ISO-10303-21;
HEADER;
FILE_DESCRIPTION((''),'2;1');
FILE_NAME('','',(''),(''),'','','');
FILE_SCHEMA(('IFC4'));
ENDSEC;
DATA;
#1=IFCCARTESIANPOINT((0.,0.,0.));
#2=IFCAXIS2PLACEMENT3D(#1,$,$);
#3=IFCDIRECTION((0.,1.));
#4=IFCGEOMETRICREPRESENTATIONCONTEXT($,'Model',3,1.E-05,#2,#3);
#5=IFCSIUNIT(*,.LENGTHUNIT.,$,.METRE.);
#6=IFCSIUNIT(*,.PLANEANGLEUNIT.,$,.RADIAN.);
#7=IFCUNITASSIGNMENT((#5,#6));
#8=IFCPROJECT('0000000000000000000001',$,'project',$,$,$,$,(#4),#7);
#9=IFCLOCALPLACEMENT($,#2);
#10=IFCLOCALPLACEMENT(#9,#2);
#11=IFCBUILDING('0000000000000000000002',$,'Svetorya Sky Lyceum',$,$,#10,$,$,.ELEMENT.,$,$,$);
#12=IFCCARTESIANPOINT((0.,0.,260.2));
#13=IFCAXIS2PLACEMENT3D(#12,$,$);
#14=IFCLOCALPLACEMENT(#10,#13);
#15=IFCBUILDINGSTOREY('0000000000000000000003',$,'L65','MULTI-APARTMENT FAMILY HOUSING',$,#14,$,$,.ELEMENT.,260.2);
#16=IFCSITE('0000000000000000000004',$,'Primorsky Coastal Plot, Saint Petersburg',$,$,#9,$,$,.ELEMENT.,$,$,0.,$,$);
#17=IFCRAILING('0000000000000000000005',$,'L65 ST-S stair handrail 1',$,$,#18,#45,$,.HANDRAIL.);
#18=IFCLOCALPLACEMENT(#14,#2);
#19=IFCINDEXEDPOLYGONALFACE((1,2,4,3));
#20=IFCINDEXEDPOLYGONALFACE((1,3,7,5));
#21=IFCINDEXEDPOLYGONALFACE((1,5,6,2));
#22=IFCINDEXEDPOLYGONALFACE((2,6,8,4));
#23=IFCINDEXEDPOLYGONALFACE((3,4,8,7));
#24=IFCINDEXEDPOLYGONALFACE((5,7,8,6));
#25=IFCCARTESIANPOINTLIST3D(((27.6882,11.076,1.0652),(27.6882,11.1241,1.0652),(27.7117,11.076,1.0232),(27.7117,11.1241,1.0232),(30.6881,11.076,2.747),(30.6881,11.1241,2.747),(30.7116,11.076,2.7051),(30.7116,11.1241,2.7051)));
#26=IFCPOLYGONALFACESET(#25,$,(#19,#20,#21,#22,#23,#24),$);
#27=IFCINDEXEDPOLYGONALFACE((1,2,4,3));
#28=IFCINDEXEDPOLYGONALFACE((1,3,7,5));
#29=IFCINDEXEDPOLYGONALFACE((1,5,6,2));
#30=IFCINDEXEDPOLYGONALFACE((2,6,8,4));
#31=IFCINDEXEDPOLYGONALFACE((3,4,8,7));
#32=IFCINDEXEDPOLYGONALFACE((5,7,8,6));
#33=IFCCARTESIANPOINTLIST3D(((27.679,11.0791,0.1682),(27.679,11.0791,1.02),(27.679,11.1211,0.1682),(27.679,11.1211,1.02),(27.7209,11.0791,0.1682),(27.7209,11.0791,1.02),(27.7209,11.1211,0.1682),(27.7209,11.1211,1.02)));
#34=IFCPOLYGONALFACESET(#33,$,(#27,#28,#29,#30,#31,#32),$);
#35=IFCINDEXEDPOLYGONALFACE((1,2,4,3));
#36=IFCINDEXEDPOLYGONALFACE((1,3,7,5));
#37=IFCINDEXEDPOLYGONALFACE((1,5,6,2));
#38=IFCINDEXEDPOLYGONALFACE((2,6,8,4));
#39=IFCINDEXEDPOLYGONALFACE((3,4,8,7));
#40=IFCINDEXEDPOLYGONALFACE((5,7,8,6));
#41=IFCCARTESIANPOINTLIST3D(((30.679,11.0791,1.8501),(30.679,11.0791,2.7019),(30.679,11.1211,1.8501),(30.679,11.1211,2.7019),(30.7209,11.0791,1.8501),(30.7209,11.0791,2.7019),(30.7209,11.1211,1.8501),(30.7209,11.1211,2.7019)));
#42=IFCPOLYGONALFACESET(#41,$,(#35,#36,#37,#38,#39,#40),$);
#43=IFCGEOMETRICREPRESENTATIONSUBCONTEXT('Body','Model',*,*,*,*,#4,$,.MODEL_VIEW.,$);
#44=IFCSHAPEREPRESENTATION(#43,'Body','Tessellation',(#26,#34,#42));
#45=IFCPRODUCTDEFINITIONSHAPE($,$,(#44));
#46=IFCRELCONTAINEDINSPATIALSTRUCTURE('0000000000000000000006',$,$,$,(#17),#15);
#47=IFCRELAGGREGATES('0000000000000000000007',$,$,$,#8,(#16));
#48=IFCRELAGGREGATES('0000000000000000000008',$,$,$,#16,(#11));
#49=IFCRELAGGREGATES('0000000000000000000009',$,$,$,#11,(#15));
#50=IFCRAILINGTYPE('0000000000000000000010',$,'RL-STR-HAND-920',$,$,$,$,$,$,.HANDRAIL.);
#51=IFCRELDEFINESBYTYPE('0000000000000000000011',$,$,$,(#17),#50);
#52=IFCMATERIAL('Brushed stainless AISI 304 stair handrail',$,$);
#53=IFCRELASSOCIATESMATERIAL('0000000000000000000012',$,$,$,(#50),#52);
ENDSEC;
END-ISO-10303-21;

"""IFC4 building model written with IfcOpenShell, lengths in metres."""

from ifc_helpers import new_model, si_unit, direction, frame, origin, origin_2d, place, context, subcontext, project, spatial, rectangle, extrude, material, type_object, element, save


model = new_model("IFC4")

# Units and contexts
model_context = context("Model", 3, precision=1e-05, world=origin(), true_north=direction((0.0, 1.0)))
body_context = subcontext(model_context, "Body", "Model", "MODEL_VIEW")
ifc_project = project(units=[si_unit("LENGTHUNIT", "METRE"), si_unit("PLANEANGLEUNIT", "RADIAN")], contexts=[model_context])

# Site, building, storey
site_placement = place(None, origin())
site = spatial("IfcSite", under=ifc_project, at=site_placement, Name="Primorsky Coastal Plot, Saint Petersburg", CompositionType="ELEMENT", RefElevation=0.0)
building_placement = place(site_placement, origin())
building = spatial("IfcBuilding", under=site, at=building_placement, Name="Svetorya Sky Lyceum", CompositionType="ELEMENT")
storey_placement = place(building_placement, frame((0.0, 0.0, 260.2)))
storey = spatial("IfcBuildingStorey", under=building, at=storey_placement, Name="L65", Description="MULTI-APARTMENT FAMILY HOUSING", CompositionType="ELEMENT", Elevation=260.2)

# Railing
ifc_material_1 = material(Name="Brushed stainless AISI 304 stair handrail")
railing_type_1 = type_object("IfcRailingType", Name="RL-STR-HAND-920", PredefinedType="HANDRAIL", material=ifc_material_1)
railing_1_placement = place(storey_placement, frame((27.7, 11.1001, 0.1682)))
element("IfcRailing", 1, at=railing_1_placement, inside=storey, type_object=railing_type_1, Name="L65 ST-S stair handrail 1", PredefinedType="HANDRAIL", context=body_context, shape_type="SweptSolid", body=[
    extrude(rectangle(XDim=0.0481, YDim=0.0481, at=origin_2d()), frame((0.0, 0.0, 0.876), z_axis=(0.872272, 0.0, 0.48902), x_axis=(0.0, 1.0, 0.0)), (0.0, 0.0, 1.0), 3.4392),
    extrude(rectangle(XDim=0.042, YDim=0.042, at=origin_2d()), origin(), (0.0, 0.0, 1.0), 0.8518),
    extrude(rectangle(XDim=0.042, YDim=0.042, at=origin_2d()), frame((3.0, 0.0, 1.6819)), (0.0, 0.0, 1.0), 0.8518),
])

save(model, "model.ifc")
